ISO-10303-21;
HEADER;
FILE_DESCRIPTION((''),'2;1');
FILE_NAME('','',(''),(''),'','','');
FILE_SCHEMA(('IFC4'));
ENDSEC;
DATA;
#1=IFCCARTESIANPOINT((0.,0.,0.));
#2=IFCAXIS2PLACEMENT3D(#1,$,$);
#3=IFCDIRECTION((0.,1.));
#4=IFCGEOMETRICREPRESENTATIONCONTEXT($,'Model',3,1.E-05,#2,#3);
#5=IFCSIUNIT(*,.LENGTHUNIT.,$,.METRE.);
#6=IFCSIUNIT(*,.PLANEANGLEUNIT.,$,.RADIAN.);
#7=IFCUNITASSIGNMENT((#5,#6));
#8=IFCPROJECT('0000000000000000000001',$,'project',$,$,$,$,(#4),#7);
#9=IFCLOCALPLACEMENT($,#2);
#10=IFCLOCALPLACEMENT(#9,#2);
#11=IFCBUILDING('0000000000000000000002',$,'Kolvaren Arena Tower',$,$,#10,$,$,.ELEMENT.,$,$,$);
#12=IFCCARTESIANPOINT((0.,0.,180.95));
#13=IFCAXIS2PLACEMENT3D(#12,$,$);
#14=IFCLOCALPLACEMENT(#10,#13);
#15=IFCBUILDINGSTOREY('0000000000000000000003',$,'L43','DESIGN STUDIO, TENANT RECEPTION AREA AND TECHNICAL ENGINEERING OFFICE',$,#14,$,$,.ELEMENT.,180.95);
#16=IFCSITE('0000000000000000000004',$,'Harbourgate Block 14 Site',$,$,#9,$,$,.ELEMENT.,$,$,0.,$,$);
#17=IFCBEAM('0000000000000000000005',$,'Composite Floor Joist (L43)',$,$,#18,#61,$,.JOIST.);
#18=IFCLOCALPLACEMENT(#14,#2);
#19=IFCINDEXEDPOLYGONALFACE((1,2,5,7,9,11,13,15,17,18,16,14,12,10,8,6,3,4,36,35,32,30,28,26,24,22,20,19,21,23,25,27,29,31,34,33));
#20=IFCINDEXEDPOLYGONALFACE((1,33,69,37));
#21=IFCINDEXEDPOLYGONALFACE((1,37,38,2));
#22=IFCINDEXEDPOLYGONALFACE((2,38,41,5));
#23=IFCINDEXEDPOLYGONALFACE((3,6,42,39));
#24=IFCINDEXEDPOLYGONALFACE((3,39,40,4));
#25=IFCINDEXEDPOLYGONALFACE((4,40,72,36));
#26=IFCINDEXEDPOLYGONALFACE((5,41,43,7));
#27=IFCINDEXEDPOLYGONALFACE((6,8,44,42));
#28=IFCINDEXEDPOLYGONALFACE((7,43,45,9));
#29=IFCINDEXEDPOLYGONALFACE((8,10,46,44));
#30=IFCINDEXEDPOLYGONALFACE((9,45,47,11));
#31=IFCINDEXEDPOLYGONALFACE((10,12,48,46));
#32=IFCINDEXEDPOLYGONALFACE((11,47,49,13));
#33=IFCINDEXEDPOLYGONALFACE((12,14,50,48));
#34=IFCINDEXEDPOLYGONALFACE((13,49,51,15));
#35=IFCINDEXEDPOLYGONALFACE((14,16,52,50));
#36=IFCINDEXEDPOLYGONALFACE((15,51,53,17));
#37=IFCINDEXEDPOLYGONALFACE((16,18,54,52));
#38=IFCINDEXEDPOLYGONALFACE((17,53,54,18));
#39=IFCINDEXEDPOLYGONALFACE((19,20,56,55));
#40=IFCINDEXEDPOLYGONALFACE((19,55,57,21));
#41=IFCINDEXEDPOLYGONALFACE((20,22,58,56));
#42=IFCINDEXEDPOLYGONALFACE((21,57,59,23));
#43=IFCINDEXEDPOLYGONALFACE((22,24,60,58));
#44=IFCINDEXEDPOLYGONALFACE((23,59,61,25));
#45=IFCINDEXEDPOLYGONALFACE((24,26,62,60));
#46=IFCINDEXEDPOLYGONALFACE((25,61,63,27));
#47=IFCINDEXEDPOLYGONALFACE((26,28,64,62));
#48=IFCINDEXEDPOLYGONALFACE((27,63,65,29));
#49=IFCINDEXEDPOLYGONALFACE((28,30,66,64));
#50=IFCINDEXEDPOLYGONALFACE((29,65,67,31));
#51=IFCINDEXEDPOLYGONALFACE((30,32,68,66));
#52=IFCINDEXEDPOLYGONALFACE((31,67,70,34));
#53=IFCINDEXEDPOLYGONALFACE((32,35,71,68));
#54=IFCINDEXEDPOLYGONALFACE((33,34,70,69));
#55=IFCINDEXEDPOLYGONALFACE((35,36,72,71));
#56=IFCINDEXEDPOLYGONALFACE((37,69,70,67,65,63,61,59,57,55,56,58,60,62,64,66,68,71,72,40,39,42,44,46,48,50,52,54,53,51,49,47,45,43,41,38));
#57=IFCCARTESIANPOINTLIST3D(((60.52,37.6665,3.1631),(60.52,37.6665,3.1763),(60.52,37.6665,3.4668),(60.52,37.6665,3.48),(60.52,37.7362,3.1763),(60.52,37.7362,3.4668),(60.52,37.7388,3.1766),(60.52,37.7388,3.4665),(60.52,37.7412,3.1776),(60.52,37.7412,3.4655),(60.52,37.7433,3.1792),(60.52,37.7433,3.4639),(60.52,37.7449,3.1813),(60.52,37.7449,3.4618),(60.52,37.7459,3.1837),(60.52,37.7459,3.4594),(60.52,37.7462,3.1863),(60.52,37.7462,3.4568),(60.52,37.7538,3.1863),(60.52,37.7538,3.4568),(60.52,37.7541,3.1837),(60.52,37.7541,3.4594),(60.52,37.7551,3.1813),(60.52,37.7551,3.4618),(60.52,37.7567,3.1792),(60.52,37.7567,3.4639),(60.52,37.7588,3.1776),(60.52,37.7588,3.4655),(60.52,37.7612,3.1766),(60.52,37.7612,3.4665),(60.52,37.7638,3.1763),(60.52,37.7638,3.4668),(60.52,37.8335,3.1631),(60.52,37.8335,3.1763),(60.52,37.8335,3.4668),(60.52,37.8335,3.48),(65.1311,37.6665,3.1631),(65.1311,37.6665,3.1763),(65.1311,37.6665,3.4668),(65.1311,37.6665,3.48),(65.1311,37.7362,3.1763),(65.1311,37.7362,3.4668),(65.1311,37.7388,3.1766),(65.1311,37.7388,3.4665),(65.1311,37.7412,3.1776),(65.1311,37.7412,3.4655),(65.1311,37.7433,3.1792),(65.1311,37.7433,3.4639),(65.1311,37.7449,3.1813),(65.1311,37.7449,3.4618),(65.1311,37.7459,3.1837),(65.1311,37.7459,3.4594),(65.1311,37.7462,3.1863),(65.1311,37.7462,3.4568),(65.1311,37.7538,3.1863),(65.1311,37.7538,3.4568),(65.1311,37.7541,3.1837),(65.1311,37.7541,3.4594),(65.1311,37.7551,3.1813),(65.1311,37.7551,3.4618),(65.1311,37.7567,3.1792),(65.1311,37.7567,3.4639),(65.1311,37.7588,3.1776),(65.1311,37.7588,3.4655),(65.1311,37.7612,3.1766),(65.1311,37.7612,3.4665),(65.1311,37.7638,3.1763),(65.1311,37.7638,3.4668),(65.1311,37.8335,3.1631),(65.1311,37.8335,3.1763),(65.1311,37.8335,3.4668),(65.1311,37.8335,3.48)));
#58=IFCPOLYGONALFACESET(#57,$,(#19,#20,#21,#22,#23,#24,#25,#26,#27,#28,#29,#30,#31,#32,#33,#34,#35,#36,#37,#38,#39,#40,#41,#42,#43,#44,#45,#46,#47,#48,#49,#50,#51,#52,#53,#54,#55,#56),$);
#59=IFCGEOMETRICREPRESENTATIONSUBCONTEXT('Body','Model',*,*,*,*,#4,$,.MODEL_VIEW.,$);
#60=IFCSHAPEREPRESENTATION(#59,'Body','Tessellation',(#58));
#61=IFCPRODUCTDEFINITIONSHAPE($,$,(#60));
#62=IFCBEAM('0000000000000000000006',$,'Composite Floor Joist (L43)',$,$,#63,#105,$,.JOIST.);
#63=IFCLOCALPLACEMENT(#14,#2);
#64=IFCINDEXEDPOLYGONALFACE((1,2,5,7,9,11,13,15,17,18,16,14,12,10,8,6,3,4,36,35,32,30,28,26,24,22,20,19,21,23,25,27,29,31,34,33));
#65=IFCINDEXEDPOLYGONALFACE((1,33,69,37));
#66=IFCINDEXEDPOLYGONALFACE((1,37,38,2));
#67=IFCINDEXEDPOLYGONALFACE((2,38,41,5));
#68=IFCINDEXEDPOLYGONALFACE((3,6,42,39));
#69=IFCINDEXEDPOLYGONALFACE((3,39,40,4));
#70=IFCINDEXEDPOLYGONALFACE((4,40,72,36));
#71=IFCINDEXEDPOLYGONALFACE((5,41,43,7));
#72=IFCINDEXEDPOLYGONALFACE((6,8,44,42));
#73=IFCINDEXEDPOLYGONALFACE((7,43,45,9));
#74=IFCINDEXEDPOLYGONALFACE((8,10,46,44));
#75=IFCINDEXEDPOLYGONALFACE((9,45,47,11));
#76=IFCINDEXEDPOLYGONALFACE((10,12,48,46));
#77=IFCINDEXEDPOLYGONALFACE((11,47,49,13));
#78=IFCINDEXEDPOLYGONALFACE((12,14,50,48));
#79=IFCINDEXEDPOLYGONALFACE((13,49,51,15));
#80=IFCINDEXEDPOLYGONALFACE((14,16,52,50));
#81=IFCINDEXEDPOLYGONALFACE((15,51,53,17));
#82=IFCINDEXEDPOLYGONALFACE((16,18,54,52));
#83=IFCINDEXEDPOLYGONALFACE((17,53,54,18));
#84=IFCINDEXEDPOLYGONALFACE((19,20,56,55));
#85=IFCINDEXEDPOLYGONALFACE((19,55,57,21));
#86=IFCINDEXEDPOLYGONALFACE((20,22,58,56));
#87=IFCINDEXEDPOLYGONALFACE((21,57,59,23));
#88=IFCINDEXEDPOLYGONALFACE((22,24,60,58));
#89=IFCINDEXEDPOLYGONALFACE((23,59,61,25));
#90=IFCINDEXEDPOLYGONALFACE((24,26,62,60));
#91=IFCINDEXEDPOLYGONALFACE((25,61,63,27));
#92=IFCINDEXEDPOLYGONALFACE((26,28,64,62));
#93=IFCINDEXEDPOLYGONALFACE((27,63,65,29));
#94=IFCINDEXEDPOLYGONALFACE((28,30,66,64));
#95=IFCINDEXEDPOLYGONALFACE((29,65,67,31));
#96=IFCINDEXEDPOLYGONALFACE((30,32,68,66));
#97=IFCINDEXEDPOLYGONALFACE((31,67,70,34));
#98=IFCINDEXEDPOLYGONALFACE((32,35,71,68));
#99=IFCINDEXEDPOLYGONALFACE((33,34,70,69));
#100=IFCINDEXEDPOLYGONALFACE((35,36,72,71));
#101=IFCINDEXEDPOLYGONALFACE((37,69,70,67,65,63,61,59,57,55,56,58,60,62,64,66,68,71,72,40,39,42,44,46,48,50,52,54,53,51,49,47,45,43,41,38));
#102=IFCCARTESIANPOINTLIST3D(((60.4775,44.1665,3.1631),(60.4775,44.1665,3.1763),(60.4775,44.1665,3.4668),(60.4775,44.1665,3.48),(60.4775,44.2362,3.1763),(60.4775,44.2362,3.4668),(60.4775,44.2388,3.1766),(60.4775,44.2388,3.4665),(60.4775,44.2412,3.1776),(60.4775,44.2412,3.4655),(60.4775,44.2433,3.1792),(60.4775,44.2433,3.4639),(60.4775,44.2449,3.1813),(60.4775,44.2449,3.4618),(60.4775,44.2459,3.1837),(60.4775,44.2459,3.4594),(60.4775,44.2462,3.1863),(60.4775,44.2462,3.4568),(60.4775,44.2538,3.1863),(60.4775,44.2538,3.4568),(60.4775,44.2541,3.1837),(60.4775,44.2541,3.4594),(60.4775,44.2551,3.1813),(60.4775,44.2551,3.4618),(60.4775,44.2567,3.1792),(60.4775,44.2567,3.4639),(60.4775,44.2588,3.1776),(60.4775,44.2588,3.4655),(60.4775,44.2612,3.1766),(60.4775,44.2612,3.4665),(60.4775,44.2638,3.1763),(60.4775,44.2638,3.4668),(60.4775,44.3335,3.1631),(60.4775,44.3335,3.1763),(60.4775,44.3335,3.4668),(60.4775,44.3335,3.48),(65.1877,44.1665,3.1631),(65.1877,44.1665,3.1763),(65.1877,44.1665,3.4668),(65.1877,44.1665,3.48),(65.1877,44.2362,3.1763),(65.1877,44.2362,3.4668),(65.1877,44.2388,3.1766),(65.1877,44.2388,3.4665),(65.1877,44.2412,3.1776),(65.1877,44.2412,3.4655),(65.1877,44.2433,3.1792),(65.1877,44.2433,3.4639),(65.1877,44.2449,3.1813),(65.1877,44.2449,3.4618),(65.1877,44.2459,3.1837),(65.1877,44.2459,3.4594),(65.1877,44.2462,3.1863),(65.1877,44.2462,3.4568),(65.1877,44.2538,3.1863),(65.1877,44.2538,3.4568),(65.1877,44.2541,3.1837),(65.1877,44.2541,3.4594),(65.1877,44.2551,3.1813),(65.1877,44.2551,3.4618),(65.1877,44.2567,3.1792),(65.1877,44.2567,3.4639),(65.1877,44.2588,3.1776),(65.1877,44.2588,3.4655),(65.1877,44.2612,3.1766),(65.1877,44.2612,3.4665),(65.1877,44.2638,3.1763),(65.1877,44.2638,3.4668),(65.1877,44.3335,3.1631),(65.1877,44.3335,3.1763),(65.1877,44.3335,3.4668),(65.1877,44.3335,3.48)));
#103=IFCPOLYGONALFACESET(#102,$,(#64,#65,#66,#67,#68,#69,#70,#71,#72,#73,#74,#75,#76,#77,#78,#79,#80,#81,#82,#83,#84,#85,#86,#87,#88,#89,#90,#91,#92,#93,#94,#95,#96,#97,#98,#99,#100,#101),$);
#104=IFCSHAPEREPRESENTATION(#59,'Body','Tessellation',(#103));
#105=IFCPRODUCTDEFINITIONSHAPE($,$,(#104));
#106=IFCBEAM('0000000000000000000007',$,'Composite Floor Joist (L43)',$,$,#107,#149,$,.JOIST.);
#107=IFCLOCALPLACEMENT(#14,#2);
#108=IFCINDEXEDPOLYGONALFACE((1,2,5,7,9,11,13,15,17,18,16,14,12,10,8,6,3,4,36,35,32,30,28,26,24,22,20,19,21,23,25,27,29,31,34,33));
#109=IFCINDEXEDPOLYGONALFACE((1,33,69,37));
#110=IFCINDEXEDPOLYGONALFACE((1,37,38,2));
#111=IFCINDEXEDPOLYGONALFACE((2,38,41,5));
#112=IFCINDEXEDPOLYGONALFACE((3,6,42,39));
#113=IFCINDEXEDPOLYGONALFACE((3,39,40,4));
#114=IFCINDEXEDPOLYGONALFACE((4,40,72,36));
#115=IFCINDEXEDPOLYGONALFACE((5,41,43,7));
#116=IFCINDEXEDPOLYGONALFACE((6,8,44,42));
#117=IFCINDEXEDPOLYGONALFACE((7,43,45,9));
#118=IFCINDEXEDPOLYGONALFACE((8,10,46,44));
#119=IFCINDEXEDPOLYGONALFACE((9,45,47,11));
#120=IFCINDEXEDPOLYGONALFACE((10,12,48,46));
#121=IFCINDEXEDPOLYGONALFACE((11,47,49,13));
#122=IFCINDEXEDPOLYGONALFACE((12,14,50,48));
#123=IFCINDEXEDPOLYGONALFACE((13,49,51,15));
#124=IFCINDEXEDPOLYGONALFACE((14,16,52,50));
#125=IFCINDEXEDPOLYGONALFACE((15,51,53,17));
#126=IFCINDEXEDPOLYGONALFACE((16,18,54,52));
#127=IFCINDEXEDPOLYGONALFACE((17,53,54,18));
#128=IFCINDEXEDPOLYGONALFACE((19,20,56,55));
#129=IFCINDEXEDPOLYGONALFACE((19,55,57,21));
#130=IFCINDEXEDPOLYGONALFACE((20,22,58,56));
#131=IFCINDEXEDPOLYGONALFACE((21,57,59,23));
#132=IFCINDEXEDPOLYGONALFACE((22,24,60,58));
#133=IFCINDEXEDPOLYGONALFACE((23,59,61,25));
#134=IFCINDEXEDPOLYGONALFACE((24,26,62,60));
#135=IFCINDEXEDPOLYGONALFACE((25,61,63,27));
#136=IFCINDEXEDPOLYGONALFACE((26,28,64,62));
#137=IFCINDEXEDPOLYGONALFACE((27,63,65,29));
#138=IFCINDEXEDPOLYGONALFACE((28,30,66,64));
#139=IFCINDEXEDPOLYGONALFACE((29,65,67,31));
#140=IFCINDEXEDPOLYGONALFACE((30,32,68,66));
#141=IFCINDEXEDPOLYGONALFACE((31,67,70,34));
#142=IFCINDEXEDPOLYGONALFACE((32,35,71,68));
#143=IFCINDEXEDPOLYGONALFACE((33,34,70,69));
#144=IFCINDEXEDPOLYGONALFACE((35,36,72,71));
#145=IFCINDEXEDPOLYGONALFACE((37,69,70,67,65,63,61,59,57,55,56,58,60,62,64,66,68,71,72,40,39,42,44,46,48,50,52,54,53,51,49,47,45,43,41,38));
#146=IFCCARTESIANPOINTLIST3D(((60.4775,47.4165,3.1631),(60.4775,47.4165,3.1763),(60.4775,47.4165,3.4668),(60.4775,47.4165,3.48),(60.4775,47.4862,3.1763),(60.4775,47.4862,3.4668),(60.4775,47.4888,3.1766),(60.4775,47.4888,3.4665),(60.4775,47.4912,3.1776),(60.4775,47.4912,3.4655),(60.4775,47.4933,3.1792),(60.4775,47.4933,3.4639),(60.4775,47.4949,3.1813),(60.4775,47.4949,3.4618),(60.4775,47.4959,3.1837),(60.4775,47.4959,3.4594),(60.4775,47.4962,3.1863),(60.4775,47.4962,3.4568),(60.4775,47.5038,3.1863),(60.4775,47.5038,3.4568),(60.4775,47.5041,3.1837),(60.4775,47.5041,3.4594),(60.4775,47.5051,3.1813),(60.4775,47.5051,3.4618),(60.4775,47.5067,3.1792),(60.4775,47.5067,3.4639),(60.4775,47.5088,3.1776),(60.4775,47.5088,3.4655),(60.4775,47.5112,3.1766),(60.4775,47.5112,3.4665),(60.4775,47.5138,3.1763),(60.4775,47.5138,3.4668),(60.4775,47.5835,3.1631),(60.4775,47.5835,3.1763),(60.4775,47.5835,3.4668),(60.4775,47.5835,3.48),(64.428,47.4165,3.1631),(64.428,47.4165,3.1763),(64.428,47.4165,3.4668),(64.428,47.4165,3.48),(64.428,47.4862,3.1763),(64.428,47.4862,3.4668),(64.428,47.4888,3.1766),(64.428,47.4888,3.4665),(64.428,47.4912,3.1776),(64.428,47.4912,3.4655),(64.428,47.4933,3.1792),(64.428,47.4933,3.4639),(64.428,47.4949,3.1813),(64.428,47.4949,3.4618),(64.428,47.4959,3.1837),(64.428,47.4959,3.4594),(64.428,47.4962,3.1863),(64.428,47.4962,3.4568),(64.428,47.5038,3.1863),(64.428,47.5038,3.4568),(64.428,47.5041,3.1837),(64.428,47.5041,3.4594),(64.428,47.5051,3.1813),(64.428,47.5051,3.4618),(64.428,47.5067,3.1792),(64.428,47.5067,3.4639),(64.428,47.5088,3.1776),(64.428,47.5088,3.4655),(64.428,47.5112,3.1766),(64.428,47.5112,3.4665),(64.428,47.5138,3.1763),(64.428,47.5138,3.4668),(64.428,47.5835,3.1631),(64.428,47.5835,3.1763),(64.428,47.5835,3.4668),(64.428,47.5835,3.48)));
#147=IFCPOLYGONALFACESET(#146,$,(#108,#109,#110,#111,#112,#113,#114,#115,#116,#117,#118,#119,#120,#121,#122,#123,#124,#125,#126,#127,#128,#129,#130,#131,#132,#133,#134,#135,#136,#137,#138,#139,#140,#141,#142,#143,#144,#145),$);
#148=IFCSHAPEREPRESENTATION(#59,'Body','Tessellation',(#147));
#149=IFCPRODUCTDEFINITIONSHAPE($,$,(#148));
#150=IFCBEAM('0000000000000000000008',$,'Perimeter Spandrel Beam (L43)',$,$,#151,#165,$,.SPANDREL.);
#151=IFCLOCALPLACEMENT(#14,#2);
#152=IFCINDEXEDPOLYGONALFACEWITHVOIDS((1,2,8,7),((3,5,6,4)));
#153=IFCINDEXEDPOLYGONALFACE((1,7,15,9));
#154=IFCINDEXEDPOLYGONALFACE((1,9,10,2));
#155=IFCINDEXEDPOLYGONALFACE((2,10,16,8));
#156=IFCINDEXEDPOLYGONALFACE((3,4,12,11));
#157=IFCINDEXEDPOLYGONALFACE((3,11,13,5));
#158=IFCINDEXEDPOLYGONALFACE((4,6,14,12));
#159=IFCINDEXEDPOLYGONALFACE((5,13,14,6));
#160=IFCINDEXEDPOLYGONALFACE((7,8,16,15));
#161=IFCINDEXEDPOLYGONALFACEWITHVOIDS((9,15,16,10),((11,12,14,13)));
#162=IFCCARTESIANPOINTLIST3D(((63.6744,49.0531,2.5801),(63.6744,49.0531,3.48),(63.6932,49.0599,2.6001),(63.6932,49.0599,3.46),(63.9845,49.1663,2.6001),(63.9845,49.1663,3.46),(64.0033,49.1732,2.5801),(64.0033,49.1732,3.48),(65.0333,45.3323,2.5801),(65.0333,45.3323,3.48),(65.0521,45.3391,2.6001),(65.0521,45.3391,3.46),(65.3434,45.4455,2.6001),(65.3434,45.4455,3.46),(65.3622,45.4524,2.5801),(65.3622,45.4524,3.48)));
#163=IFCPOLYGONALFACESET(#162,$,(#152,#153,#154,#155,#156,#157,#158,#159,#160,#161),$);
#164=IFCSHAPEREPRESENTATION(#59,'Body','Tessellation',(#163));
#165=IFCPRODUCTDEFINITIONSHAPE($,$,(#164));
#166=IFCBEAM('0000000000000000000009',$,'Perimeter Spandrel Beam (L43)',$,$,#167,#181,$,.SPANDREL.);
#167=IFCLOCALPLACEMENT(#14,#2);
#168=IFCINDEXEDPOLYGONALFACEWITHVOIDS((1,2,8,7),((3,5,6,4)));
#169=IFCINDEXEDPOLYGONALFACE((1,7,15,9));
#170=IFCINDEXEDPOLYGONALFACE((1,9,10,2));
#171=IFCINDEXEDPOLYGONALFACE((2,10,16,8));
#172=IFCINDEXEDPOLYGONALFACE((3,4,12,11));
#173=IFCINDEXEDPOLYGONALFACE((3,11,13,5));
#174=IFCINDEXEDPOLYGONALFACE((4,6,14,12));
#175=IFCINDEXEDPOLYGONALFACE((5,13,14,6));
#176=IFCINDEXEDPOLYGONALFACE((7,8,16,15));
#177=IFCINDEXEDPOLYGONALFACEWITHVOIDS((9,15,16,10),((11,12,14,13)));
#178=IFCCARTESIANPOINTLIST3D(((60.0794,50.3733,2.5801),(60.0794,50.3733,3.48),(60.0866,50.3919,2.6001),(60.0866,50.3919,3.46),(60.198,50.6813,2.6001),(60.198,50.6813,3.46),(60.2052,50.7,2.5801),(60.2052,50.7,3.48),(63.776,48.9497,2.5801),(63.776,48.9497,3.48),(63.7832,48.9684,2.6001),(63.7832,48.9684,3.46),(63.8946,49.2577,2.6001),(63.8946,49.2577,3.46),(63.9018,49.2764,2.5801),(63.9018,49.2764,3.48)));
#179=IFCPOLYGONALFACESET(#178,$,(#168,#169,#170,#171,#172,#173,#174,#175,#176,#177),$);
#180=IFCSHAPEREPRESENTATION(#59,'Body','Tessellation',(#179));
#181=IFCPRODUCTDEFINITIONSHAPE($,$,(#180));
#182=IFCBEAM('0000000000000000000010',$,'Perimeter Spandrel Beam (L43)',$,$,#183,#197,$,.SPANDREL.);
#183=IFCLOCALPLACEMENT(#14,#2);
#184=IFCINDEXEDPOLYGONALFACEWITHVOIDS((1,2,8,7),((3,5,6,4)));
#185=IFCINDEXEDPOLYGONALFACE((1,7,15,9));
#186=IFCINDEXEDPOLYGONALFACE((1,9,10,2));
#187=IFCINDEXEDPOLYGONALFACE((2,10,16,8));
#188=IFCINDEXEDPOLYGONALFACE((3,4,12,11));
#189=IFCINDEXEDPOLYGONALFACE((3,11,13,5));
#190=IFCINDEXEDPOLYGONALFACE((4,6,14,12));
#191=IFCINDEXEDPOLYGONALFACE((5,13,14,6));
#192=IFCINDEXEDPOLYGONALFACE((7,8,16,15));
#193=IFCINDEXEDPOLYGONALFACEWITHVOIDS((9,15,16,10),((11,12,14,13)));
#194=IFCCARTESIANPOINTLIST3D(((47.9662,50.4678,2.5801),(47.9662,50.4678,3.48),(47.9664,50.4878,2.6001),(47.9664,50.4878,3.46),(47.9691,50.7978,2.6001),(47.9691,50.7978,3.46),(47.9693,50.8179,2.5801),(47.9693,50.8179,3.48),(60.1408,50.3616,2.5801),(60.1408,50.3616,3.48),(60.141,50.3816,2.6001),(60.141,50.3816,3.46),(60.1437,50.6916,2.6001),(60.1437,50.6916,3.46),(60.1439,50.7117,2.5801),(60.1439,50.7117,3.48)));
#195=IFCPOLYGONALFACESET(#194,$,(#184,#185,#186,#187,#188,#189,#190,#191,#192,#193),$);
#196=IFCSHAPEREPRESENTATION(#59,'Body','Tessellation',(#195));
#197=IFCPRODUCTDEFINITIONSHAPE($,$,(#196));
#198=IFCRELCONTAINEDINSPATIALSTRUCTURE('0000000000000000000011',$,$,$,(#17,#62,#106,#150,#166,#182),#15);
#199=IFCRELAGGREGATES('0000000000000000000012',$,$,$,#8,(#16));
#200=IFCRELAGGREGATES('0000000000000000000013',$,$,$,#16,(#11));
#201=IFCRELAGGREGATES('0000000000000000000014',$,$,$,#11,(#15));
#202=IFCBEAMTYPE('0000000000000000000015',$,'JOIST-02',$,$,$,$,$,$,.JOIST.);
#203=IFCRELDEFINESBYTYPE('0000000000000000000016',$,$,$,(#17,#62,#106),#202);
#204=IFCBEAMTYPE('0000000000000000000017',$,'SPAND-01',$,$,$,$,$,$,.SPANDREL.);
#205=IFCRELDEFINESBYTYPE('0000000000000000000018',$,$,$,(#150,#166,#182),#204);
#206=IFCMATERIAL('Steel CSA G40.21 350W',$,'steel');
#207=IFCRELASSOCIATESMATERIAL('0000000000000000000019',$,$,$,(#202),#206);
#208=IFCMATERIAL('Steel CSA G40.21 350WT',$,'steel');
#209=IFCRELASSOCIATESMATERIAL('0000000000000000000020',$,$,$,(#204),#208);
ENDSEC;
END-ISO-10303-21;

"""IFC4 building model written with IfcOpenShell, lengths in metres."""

from ifc_helpers import new_model, si_unit, direction, frame, origin, origin_2d, place, context, subcontext, project, spatial, hollow_rectangle, i_section, extrude, material, material_profile, profile_set, type_object, element, save


model = new_model("IFC4")

# Units and contexts
model_context = context("Model", 3, precision=1e-05, world=origin(), true_north=direction((0.0, 1.0)))
body_context = subcontext(model_context, "Body", "Model", "MODEL_VIEW")
ifc_project = project(units=[si_unit("LENGTHUNIT", "METRE"), si_unit("PLANEANGLEUNIT", "RADIAN")], contexts=[model_context])

# Site, building, storey
site_placement = place(None, origin())
site = spatial("IfcSite", under=ifc_project, at=site_placement, Name="Harbourgate Block 14 Site", CompositionType="ELEMENT", RefElevation=0.0)
building_placement = place(site_placement, origin())
building = spatial("IfcBuilding", under=site, at=building_placement, Name="Kolvaren Arena Tower", CompositionType="ELEMENT")
storey_placement = place(building_placement, frame((0.0, 0.0, 180.95)))
storey = spatial("IfcBuildingStorey", under=building, at=storey_placement, Name="L43", Description="DESIGN STUDIO, TENANT RECEPTION AREA AND TECHNICAL ENGINEERING OFFICE", CompositionType="ELEMENT", Elevation=180.95)

# Beams
ifc_material_1 = material(Name="Steel CSA G40.21 350W", Category="steel")
ifc_material_profile_1 = material_profile(ifc_material_1, i_section(OverallWidth=0.167, OverallDepth=0.3169, WebThickness=0.0076, FlangeThickness=0.0132, FilletRadius=0.01, at=origin_2d()), Name="W310x52")
ifc_profile_set_1 = profile_set([ifc_material_profile_1], Name="Steel CSA G40.21 350W")
beam_type_1 = type_object("IfcBeamType", Name="JOIST-02", PredefinedType="JOIST", material=ifc_profile_set_1)
beam_1_placement = place(storey_placement, frame((60.52, 37.75, 3.3215), z_axis=(1.0, 0.0, 0.0), x_axis=(0.0, 1.0, 0.0)))
element("IfcBeam", 1, at=beam_1_placement, inside=storey, type_object=beam_type_1, Name="Composite Floor Joist (L43)", PredefinedType="JOIST", context=body_context, shape_type="SweptSolid", body=[
    extrude(i_section(OverallWidth=0.167, OverallDepth=0.3169, WebThickness=0.0076, FlangeThickness=0.0132, FilletRadius=0.01, at=origin_2d()), origin(), (0.0, 0.0, 1.0), 4.6111),
])
beam_2_placement = place(storey_placement, frame((60.4775, 44.25, 3.3215), z_axis=(1.0, 0.0, 0.0), x_axis=(0.0, 1.0, 0.0)))
element("IfcBeam", 2, at=beam_2_placement, inside=storey, type_object=beam_type_1, Name="Composite Floor Joist (L43)", PredefinedType="JOIST", context=body_context, shape_type="SweptSolid", body=[
    extrude(i_section(OverallWidth=0.167, OverallDepth=0.3169, WebThickness=0.0076, FlangeThickness=0.0132, FilletRadius=0.01, at=origin_2d()), origin(), (0.0, 0.0, 1.0), 4.7102),
])
beam_3_placement = place(storey_placement, frame((60.4775, 47.5, 3.3215), z_axis=(1.0, 0.0, 0.0), x_axis=(0.0, 1.0, 0.0)))
element("IfcBeam", 3, at=beam_3_placement, inside=storey, type_object=beam_type_1, Name="Composite Floor Joist (L43)", PredefinedType="JOIST", context=body_context, shape_type="SweptSolid", body=[
    extrude(i_section(OverallWidth=0.167, OverallDepth=0.3169, WebThickness=0.0076, FlangeThickness=0.0132, FilletRadius=0.01, at=origin_2d()), origin(), (0.0, 0.0, 1.0), 3.9504),
])
ifc_material_2 = material(Name="Steel CSA G40.21 350WT", Category="steel")
ifc_material_profile_2 = material_profile(ifc_material_2, hollow_rectangle(XDim=0.3501, YDim=0.8999, WallThickness=0.02, at=origin_2d()), Name="HSS 900x350x20")
ifc_profile_set_2 = profile_set([ifc_material_profile_2], Name="Steel CSA G40.21 350WT")
beam_type_2 = type_object("IfcBeamType", Name="SPAND-01", PredefinedType="SPANDREL", material=ifc_profile_set_2)
for number, where, z_axis, x_axis, name in (
    (4, (65.1978, 45.3923, 3.03), (-0.343059, 0.939314, 0.0), (-0.939314, -0.343059, 0.0), "Perimeter Spandrel Beam (L43)"),
    (5, (63.8389, 49.113, 3.03), (-0.93319, 0.359384, 0.0), (-0.359384, -0.93319, 0.0), "Perimeter Spandrel Beam (L43)"),
):
    element("IfcBeam", number, at=place(storey_placement, frame(where, z_axis=z_axis, x_axis=x_axis)), inside=storey, type_object=beam_type_2, Name=name, PredefinedType="SPANDREL", context=body_context, shape_type="SweptSolid", body=[
        extrude(hollow_rectangle(XDim=0.3501, YDim=0.8999, WallThickness=0.02, at=origin_2d()), origin(), (0.0, 0.0, 1.0), 3.9612),
    ])
beam_4_placement = place(storey_placement, frame((60.1423, 50.5366, 3.03), z_axis=(-0.999962, 0.008723, 0.0), x_axis=(-0.008723, -0.999962, 0.0)))
element("IfcBeam", 6, at=beam_4_placement, inside=storey, type_object=beam_type_2, Name="Perimeter Spandrel Beam (L43)", PredefinedType="SPANDREL", context=body_context, shape_type="SweptSolid", body=[
    extrude(hollow_rectangle(XDim=0.3501, YDim=0.8999, WallThickness=0.02, at=origin_2d()), origin(), (0.0, 0.0, 1.0), 12.175),
])

save(model, "model.ifc")
